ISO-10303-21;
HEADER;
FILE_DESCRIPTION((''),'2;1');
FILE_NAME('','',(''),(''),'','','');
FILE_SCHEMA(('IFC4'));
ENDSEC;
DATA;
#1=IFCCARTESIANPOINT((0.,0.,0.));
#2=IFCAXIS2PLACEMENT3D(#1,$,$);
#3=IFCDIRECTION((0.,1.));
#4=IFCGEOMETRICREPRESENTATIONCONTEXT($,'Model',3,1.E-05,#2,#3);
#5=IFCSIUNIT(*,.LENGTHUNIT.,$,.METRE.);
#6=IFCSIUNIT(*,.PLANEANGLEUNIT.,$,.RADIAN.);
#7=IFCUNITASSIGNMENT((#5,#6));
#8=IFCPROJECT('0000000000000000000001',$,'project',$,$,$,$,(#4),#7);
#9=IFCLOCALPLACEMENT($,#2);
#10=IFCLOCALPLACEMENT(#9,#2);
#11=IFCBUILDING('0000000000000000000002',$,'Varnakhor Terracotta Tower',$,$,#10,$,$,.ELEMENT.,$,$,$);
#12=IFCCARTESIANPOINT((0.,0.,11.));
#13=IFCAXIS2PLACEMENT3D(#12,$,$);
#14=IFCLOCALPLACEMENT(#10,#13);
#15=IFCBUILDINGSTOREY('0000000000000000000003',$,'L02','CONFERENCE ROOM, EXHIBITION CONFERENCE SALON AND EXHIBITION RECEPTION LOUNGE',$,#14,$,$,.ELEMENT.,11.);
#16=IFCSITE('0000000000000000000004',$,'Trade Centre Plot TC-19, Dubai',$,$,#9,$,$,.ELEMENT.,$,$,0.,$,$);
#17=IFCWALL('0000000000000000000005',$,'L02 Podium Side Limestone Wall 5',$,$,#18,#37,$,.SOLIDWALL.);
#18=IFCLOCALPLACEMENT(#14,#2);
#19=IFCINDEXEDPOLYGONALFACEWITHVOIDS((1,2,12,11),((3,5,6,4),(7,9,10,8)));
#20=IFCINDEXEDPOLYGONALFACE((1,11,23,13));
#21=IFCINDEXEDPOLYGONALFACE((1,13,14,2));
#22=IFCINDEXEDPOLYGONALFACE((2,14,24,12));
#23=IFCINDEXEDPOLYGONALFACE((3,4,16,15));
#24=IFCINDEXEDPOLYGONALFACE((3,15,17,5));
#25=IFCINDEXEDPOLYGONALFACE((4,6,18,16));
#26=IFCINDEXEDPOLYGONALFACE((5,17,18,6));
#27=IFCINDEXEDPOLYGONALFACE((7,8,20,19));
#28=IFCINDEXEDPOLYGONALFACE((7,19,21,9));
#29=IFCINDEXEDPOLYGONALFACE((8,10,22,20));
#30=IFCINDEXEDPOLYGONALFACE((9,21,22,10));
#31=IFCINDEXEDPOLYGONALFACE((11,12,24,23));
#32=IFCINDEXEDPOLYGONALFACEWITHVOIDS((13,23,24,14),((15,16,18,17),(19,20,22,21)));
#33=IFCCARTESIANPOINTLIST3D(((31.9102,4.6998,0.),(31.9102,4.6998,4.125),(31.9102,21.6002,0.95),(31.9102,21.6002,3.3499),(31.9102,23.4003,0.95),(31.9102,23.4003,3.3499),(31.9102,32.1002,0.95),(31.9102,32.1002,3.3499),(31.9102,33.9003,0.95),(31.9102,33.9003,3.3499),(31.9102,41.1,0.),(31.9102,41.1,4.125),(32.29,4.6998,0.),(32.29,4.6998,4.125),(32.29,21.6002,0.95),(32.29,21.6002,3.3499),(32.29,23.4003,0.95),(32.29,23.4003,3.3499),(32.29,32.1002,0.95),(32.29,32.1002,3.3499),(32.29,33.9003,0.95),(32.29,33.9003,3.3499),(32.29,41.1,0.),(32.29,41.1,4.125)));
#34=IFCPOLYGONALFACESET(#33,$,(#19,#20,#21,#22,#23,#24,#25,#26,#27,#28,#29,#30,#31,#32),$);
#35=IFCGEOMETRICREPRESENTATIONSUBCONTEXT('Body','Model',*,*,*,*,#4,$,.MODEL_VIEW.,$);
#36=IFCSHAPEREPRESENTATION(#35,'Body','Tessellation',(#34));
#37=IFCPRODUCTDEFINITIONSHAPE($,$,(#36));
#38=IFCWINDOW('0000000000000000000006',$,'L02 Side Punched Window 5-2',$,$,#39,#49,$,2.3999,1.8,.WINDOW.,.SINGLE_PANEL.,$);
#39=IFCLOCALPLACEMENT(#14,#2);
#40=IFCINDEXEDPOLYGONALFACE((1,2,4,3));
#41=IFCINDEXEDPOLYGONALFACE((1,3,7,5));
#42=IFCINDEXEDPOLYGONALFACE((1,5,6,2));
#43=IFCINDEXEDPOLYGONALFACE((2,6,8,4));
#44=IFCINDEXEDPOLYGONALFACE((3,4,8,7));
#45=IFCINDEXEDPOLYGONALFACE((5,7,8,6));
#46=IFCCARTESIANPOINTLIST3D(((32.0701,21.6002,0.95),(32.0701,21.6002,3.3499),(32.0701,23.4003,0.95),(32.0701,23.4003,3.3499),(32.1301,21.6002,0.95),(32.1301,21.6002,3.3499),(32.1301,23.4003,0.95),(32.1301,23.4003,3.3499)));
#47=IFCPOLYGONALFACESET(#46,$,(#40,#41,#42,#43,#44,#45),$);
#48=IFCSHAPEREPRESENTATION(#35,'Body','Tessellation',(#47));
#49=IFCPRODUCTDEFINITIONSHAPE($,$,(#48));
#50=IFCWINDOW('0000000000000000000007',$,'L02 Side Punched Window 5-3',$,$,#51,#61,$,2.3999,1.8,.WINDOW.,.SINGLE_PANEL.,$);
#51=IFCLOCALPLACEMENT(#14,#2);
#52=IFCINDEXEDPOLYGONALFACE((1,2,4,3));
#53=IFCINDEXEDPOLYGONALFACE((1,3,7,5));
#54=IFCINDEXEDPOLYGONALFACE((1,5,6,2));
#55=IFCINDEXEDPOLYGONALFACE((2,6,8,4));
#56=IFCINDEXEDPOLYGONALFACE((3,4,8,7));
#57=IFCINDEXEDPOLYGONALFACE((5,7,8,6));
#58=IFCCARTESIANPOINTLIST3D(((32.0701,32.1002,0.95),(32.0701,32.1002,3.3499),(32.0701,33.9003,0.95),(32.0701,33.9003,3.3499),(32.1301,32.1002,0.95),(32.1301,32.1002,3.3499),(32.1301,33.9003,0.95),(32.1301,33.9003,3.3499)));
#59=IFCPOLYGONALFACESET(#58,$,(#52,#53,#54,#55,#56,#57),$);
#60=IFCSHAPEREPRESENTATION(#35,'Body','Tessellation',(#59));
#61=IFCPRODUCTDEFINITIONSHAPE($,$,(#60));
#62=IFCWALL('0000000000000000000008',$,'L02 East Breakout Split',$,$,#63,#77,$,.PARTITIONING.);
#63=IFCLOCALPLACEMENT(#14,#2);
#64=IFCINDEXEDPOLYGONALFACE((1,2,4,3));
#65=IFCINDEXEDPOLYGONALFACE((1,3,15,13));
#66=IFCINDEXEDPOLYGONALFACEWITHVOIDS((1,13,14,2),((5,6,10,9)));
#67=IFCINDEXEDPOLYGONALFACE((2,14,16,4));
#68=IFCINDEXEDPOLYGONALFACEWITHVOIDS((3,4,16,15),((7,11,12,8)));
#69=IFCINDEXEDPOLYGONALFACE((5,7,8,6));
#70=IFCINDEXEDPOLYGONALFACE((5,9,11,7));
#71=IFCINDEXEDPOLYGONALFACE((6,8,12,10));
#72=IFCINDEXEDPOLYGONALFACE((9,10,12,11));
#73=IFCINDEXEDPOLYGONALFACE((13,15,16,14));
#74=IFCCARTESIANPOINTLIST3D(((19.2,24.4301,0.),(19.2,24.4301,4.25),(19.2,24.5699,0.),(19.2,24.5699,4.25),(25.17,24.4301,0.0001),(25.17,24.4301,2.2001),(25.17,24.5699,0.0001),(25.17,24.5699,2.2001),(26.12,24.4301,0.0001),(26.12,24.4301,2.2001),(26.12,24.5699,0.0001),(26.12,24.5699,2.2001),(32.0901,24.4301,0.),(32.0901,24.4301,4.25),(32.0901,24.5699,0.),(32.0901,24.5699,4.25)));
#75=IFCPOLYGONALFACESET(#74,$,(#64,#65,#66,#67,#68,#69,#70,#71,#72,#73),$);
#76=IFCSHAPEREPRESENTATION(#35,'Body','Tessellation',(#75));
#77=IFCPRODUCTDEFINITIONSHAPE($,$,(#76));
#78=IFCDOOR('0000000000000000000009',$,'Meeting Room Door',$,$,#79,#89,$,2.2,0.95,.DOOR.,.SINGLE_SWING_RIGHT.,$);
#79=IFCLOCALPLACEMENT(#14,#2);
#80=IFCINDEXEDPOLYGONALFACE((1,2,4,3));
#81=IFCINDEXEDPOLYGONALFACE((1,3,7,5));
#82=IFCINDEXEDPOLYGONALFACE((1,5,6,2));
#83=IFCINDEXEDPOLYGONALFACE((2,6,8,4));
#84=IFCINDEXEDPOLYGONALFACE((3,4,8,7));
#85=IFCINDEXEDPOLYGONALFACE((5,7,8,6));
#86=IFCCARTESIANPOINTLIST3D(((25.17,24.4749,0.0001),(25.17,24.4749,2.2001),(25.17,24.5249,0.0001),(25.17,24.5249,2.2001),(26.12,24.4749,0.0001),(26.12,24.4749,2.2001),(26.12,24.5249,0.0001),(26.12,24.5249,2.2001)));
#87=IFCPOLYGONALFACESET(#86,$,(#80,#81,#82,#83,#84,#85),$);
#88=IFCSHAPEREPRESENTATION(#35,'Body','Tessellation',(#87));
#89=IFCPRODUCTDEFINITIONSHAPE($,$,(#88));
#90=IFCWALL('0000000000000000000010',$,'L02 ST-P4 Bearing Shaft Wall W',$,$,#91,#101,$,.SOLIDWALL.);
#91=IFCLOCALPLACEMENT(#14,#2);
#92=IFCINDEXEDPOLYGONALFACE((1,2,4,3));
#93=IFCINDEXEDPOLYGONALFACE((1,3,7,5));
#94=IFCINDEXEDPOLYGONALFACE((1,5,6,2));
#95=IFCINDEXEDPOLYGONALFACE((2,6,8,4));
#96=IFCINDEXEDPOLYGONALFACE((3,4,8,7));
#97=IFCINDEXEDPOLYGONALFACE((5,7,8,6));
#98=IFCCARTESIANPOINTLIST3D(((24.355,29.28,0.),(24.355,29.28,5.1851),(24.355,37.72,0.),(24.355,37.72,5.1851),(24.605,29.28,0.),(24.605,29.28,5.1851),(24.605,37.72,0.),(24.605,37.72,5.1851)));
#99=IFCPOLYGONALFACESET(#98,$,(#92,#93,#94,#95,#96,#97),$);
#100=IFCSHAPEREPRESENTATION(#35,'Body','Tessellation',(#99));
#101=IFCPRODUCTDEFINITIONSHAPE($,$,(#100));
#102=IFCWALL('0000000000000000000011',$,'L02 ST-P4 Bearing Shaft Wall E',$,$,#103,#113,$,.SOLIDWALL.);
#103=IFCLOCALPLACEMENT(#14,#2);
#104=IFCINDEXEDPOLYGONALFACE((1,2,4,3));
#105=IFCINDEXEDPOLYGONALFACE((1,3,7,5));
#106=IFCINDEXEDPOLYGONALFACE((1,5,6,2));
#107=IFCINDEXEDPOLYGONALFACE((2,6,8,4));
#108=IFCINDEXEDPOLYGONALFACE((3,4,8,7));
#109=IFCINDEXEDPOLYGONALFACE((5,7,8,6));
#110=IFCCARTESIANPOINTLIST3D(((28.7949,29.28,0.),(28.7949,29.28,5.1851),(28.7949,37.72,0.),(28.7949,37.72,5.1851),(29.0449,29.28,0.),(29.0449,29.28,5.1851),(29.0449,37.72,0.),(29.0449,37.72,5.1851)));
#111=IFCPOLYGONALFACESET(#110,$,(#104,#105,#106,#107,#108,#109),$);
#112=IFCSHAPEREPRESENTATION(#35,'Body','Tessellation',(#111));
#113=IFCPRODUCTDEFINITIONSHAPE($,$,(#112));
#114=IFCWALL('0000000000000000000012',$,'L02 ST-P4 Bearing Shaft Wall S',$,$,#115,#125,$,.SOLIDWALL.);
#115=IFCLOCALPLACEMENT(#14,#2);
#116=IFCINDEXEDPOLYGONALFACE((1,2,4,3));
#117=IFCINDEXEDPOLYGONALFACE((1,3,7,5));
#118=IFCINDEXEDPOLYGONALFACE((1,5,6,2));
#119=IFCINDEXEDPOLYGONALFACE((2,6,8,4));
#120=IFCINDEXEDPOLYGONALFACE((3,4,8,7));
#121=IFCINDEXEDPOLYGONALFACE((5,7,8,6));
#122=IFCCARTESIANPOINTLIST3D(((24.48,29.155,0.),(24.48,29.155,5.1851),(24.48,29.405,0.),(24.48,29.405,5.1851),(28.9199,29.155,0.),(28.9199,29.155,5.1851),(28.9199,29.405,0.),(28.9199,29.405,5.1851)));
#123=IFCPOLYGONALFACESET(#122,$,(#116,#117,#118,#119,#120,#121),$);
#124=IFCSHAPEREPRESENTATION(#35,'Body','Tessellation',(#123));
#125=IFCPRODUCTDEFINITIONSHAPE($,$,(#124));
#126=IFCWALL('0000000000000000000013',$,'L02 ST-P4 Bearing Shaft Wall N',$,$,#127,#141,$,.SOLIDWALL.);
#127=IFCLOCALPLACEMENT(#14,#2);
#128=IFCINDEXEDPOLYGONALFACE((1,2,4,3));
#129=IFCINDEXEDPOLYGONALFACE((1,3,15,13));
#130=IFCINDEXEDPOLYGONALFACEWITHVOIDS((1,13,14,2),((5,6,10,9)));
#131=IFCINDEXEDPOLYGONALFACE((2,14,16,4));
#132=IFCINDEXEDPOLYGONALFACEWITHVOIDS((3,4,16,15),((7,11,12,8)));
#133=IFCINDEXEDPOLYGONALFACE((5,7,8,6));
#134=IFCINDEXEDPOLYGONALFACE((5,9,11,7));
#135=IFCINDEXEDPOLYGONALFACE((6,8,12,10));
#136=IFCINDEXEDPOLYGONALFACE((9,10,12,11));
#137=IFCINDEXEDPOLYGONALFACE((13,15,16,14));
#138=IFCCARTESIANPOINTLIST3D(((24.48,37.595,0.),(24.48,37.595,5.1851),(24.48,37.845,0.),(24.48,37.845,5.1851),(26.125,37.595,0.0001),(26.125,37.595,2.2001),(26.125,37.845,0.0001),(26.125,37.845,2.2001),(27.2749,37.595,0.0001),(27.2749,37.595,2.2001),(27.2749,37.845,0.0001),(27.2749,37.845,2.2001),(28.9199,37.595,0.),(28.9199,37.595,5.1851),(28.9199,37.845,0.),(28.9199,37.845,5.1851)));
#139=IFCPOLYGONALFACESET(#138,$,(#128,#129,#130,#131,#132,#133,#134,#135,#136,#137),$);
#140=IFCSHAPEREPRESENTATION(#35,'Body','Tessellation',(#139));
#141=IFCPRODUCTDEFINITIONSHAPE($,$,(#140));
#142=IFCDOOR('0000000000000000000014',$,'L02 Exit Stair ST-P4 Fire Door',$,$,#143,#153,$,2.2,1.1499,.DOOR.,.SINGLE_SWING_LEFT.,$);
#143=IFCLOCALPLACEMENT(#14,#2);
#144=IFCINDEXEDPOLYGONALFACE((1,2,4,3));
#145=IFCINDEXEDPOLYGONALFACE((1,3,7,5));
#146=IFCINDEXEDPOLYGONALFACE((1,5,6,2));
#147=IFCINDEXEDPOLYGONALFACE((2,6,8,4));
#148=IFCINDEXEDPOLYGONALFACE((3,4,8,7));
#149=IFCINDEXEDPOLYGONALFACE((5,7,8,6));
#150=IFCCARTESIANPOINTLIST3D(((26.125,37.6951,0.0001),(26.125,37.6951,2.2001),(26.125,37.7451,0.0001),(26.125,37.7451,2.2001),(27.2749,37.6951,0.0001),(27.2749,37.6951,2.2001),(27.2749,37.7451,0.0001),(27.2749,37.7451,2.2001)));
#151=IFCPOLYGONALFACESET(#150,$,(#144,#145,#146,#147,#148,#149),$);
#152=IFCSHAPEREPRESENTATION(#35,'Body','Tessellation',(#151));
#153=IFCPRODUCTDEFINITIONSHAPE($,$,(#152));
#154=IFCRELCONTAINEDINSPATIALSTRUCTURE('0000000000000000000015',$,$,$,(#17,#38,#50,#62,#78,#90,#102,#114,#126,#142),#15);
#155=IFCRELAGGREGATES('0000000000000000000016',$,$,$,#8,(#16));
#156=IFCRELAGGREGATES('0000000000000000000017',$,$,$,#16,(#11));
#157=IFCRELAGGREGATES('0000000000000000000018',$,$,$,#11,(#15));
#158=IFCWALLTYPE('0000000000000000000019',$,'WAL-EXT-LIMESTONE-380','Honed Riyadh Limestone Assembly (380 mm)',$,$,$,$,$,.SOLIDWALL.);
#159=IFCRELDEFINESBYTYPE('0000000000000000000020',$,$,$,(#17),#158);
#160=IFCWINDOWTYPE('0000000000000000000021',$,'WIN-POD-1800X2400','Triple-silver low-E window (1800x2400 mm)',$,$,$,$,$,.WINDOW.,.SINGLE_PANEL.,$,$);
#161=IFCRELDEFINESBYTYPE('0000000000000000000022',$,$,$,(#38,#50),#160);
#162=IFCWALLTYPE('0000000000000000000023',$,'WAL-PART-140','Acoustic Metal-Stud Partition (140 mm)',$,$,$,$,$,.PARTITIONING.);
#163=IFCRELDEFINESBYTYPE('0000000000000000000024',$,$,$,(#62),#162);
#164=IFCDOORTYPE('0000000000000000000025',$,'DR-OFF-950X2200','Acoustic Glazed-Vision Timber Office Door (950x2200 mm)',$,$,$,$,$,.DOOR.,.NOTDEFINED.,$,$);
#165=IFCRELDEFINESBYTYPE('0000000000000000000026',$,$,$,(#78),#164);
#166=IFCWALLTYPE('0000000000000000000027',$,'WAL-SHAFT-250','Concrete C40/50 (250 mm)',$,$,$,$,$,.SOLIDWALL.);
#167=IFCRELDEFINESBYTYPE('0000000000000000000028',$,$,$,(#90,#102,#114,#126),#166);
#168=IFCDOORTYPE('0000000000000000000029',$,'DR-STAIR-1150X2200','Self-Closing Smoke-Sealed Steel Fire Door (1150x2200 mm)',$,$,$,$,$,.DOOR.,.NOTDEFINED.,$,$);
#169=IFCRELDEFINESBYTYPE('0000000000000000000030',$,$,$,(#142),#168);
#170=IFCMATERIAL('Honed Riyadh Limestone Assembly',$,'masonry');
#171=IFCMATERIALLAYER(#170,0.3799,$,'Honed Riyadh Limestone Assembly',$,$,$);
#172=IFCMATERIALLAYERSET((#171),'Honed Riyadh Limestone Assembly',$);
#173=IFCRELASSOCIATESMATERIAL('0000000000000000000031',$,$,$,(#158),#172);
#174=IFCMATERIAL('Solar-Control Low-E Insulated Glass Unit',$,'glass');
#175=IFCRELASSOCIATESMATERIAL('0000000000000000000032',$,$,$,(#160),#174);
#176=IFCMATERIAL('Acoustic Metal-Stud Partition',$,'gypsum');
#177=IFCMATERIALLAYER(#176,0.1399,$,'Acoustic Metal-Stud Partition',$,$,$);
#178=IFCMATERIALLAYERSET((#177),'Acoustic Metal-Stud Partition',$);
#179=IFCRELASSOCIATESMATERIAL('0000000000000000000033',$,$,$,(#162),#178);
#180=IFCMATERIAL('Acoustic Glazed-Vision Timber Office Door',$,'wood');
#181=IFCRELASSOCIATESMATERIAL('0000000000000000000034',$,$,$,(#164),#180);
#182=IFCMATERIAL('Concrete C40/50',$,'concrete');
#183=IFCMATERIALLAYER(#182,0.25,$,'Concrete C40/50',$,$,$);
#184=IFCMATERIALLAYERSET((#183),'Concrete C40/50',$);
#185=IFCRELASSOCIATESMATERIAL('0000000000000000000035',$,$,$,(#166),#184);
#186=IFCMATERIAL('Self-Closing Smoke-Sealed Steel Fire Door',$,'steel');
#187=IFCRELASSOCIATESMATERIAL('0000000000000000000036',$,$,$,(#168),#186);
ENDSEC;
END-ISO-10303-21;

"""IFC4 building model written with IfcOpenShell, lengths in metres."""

from ifc_helpers import new_model, si_unit, direction, frame, frame_2d, origin, place, context, subcontext, project, spatial, rectangle, extrude, source, transform, mapped, material, layer, layer_set, type_object, type_shapes, element, fill, save


model = new_model("IFC4")

# Units and contexts
model_context = context("Model", 3, precision=1e-05, world=origin(), true_north=direction((0.0, 1.0)))
body_context = subcontext(model_context, "Body", "Model", "MODEL_VIEW")
ifc_project = project(units=[si_unit("LENGTHUNIT", "METRE"), si_unit("PLANEANGLEUNIT", "RADIAN")], contexts=[model_context])

# Site, building, storey
site_placement = place(None, origin())
site = spatial("IfcSite", under=ifc_project, at=site_placement, Name="Trade Centre Plot TC-19, Dubai", CompositionType="ELEMENT", RefElevation=0.0)
building_placement = place(site_placement, origin())
building = spatial("IfcBuilding", under=site, at=building_placement, Name="Varnakhor Terracotta Tower", CompositionType="ELEMENT")
storey_placement = place(building_placement, frame((0.0, 0.0, 11.0)))
storey = spatial("IfcBuildingStorey", under=building, at=storey_placement, Name="L02", Description="CONFERENCE ROOM, EXHIBITION CONFERENCE SALON AND EXHIBITION RECEPTION LOUNGE", CompositionType="ELEMENT", Elevation=11.0)

# Shared definitions
ifc_material_1 = material(Name="Honed Riyadh Limestone Assembly", Category="masonry")
ifc_layer_1 = layer(ifc_material_1, 0.3799, Name="Honed Riyadh Limestone Assembly")
ifc_layer_set_1 = layer_set([ifc_layer_1], Name="Honed Riyadh Limestone Assembly")
wall_type_1 = type_object("IfcWallType", Name="WAL-EXT-LIMESTONE-380", Description="Honed Riyadh Limestone Assembly (380 mm)", PredefinedType="SOLIDWALL", material=ifc_layer_set_1)

# Wall, openings, windows
wall_1_placement = place(storey_placement, frame((32.1001, 41.1001, 0.0), z_axis=(0.0, 0.0, 1.0), x_axis=(0.0, -1.0, 0.0)))
wall_1 = element("IfcWall", 1, at=wall_1_placement, inside=storey, type_object=wall_type_1, Name="L02 Podium Side Limestone Wall 5", PredefinedType="SOLIDWALL", context=body_context, shape_type="SweptSolid", body=[
    extrude(rectangle(XDim=36.4001, YDim=0.3799, at=frame_2d((18.2002, 0.0))), origin(), (0.0, 0.0, 1.0), 4.125),
])
opening_1_placement = place(wall_1_placement, frame((17.7, 0.0, 0.95)))
opening_1 = element("IfcOpeningElement", 2, at=opening_1_placement, cuts=wall_1, PredefinedType="OPENING", context=body_context, shape_type="SweptSolid", body=[
    extrude(rectangle(XDim=1.8, YDim=2.3999, at=frame_2d((0.8999, 1.2))), frame((0.0, 0.2, 0.0), z_axis=(0.0, -1.0, 0.0), x_axis=(1.0, 0.0, 0.0)), (0.0, 0.0, 1.0), 0.3999),
])
opening_2_placement = place(wall_1_placement, frame((7.2, 0.0, 0.95)))
opening_2 = element("IfcOpeningElement", 3, at=opening_2_placement, cuts=wall_1, PredefinedType="OPENING", context=body_context, shape_type="SweptSolid", body=[
    extrude(rectangle(XDim=1.8, YDim=2.3999, at=frame_2d((0.8999, 1.2))), frame((0.0, 0.2, 0.0), z_axis=(0.0, -1.0, 0.0), x_axis=(1.0, 0.0, 0.0)), (0.0, 0.0, 1.0), 0.3999),
])
ifc_material_2 = material(Name="Solar-Control Low-E Insulated Glass Unit", Category="glass")
window_type = type_object("IfcWindowType", Name="WIN-POD-1800X2400", Description="Triple-silver low-E window (1800x2400 mm)", PartitioningType="SINGLE_PANEL", PredefinedType="WINDOW", material=ifc_material_2)
shared_shape_1 = source(origin(), body_context, "Body", "SweptSolid", [
    extrude(rectangle(XDim=1.8, YDim=2.3999, at=frame_2d((0.8999, 1.2))), frame((0.0, 0.03, 0.0), z_axis=(0.0, -1.0, 0.0), x_axis=(1.0, 0.0, 0.0)), (0.0, 0.0, 1.0), 0.0601),
])
type_shapes(window_type, [shared_shape_1])
window_1_placement = place(opening_1_placement, origin())
window_1 = element("IfcWindow", 4, at=window_1_placement, inside=storey, type_object=window_type, Name="L02 Side Punched Window 5-2", OverallHeight=2.3999, OverallWidth=1.8, PartitioningType="SINGLE_PANEL", PredefinedType="WINDOW", context=body_context, shape_type="MappedRepresentation", body=[
    mapped(shared_shape_1, transform((0.0, 0.0, 0.0), scale=1.0)),
])
fill(opening_1, window_1)
window_2_placement = place(opening_2_placement, origin())
window_2 = element("IfcWindow", 5, at=window_2_placement, inside=storey, type_object=window_type, Name="L02 Side Punched Window 5-3", OverallHeight=2.3999, OverallWidth=1.8, PartitioningType="SINGLE_PANEL", PredefinedType="WINDOW", context=body_context, shape_type="MappedRepresentation", body=[
    mapped(shared_shape_1, transform((0.0, 0.0, 0.0), scale=1.0)),
])
fill(opening_2, window_2)

# Wall, opening, door
ifc_material_3 = material(Name="Acoustic Metal-Stud Partition", Category="gypsum")
ifc_layer_2 = layer(ifc_material_3, 0.1399, Name="Acoustic Metal-Stud Partition")
ifc_layer_set_2 = layer_set([ifc_layer_2], Name="Acoustic Metal-Stud Partition")
wall_type_2 = type_object("IfcWallType", Name="WAL-PART-140", Description="Acoustic Metal-Stud Partition (140 mm)", PredefinedType="PARTITIONING", material=ifc_layer_set_2)
wall_2_placement = place(storey_placement, frame((19.2, 24.5, 0.0), z_axis=(0.0, 0.0, 1.0), x_axis=(1.0, 0.0, 0.0)))
wall_2 = element("IfcWall", 6, at=wall_2_placement, inside=storey, type_object=wall_type_2, Name="L02 East Breakout Split", PredefinedType="PARTITIONING", context=body_context, shape_type="SweptSolid", body=[
    extrude(rectangle(XDim=12.8901, YDim=0.1399, at=frame_2d((6.4451, 0.0))), origin(), (0.0, 0.0, 1.0), 4.25),
])
opening_3_placement = place(wall_2_placement, frame((5.97, 0.0, 0.0)))
opening_3 = element("IfcOpeningElement", 7, at=opening_3_placement, cuts=wall_2, PredefinedType="OPENING", context=body_context, shape_type="SweptSolid", body=[
    extrude(rectangle(XDim=0.95, YDim=2.2, at=frame_2d((0.4751, 1.1001))), frame((0.0, 0.0801, 0.0), z_axis=(0.0, -1.0, 0.0), x_axis=(1.0, 0.0, 0.0)), (0.0, 0.0, 1.0), 0.1599),
])
ifc_material_4 = material(Name="Acoustic Glazed-Vision Timber Office Door", Category="wood")
door_type_1 = type_object("IfcDoorType", Name="DR-OFF-950X2200", Description="Acoustic Glazed-Vision Timber Office Door (950x2200 mm)", OperationType="NOTDEFINED", PredefinedType="DOOR", material=ifc_material_4)
shared_shape_2 = source(origin(), body_context, "Body", "SweptSolid", [
    extrude(rectangle(XDim=0.95, YDim=2.2, at=frame_2d((0.4751, 1.1001))), frame((0.0, 0.0249, 0.0), z_axis=(0.0, -1.0, 0.0), x_axis=(1.0, 0.0, 0.0)), (0.0, 0.0, 1.0), 0.05),
])
type_shapes(door_type_1, [shared_shape_2])
door_1_placement = place(opening_3_placement, origin())
door_1 = element("IfcDoor", 8, at=door_1_placement, inside=storey, type_object=door_type_1, Name="Meeting Room Door", OperationType="SINGLE_SWING_RIGHT", OverallHeight=2.2, OverallWidth=0.95, PredefinedType="DOOR", context=body_context, shape_type="MappedRepresentation", body=[
    mapped(shared_shape_2, transform((0.0, 0.0, 0.0), scale=1.0)),
])
fill(opening_3, door_1)

# Walls
ifc_material_5 = material(Name="Concrete C40/50", Category="concrete")
ifc_layer_3 = layer(ifc_material_5, 0.25, Name="Concrete C40/50")
ifc_layer_set_3 = layer_set([ifc_layer_3], Name="Concrete C40/50")
wall_type_3 = type_object("IfcWallType", Name="WAL-SHAFT-250", Description="Concrete C40/50 (250 mm)", PredefinedType="SOLIDWALL", material=ifc_layer_set_3)
for number, where, z_axis, x_axis, name in (
    (9, (24.48, 29.28, 0.0), (0.0, 0.0, 1.0), (0.0, 1.0, 0.0), "L02 ST-P4 Bearing Shaft Wall W"),
    (10, (28.9199, 29.28, 0.0), (0.0, 0.0, 1.0), (0.0, 1.0, 0.0), "L02 ST-P4 Bearing Shaft Wall E"),
):
    element("IfcWall", number, at=place(storey_placement, frame(where, z_axis=z_axis, x_axis=x_axis)), inside=storey, type_object=wall_type_3, Name=name, PredefinedType="SOLIDWALL", context=body_context, shape_type="SweptSolid", body=[
        extrude(rectangle(XDim=8.4399, YDim=0.25, at=frame_2d((4.22, 0.0))), origin(), (0.0, 0.0, 1.0), 5.1851),
    ])
wall_3_placement = place(storey_placement, frame((24.48, 29.28, 0.0), z_axis=(0.0, 0.0, 1.0), x_axis=(1.0, 0.0, 0.0)))
element("IfcWall", 11, at=wall_3_placement, inside=storey, type_object=wall_type_3, Name="L02 ST-P4 Bearing Shaft Wall S", PredefinedType="SOLIDWALL", context=body_context, shape_type="SweptSolid", body=[
    extrude(rectangle(XDim=4.4399, YDim=0.25, at=frame_2d((2.22, 0.0))), origin(), (0.0, 0.0, 1.0), 5.1851),
])

# Wall, opening, door
wall_4_placement = place(storey_placement, frame((28.9199, 37.72, 0.0), z_axis=(0.0, 0.0, 1.0), x_axis=(-1.0, 0.0, 0.0)))
wall_4 = element("IfcWall", 12, at=wall_4_placement, inside=storey, type_object=wall_type_3, Name="L02 ST-P4 Bearing Shaft Wall N", PredefinedType="SOLIDWALL", context=body_context, shape_type="SweptSolid", body=[
    extrude(rectangle(XDim=4.4399, YDim=0.25, at=frame_2d((2.22, 0.0))), origin(), (0.0, 0.0, 1.0), 5.1851),
])
opening_4_placement = place(wall_4_placement, frame((1.645, 0.0, 0.0)))
opening_4 = element("IfcOpeningElement", 13, at=opening_4_placement, cuts=wall_4, PredefinedType="OPENING", context=body_context, shape_type="SweptSolid", body=[
    extrude(rectangle(XDim=1.1499, YDim=2.2, at=frame_2d((0.575, 1.1001))), frame((0.0, 0.135, 0.0), z_axis=(0.0, -1.0, 0.0), x_axis=(1.0, 0.0, 0.0)), (0.0, 0.0, 1.0), 0.27),
])
ifc_material_6 = material(Name="Self-Closing Smoke-Sealed Steel Fire Door", Category="steel")
door_type_2 = type_object("IfcDoorType", Name="DR-STAIR-1150X2200", Description="Self-Closing Smoke-Sealed Steel Fire Door (1150x2200 mm)", OperationType="NOTDEFINED", PredefinedType="DOOR", material=ifc_material_6)
shared_shape_3 = source(origin(), body_context, "Body", "SweptSolid", [
    extrude(rectangle(XDim=1.1499, YDim=2.2, at=frame_2d((0.575, 1.1001))), frame((0.0, 0.0249, 0.0), z_axis=(0.0, -1.0, 0.0), x_axis=(1.0, 0.0, 0.0)), (0.0, 0.0, 1.0), 0.05),
])
type_shapes(door_type_2, [shared_shape_3])
door_2_placement = place(opening_4_placement, origin())
door_2 = element("IfcDoor", 14, at=door_2_placement, inside=storey, type_object=door_type_2, Name="L02 Exit Stair ST-P4 Fire Door", OperationType="SINGLE_SWING_LEFT", OverallHeight=2.2, OverallWidth=1.1499, PredefinedType="DOOR", context=body_context, shape_type="MappedRepresentation", body=[
    mapped(shared_shape_3, transform((0.0, 0.0, 0.0), scale=1.0)),
])
fill(opening_4, door_2)

save(model, "model.ifc")
